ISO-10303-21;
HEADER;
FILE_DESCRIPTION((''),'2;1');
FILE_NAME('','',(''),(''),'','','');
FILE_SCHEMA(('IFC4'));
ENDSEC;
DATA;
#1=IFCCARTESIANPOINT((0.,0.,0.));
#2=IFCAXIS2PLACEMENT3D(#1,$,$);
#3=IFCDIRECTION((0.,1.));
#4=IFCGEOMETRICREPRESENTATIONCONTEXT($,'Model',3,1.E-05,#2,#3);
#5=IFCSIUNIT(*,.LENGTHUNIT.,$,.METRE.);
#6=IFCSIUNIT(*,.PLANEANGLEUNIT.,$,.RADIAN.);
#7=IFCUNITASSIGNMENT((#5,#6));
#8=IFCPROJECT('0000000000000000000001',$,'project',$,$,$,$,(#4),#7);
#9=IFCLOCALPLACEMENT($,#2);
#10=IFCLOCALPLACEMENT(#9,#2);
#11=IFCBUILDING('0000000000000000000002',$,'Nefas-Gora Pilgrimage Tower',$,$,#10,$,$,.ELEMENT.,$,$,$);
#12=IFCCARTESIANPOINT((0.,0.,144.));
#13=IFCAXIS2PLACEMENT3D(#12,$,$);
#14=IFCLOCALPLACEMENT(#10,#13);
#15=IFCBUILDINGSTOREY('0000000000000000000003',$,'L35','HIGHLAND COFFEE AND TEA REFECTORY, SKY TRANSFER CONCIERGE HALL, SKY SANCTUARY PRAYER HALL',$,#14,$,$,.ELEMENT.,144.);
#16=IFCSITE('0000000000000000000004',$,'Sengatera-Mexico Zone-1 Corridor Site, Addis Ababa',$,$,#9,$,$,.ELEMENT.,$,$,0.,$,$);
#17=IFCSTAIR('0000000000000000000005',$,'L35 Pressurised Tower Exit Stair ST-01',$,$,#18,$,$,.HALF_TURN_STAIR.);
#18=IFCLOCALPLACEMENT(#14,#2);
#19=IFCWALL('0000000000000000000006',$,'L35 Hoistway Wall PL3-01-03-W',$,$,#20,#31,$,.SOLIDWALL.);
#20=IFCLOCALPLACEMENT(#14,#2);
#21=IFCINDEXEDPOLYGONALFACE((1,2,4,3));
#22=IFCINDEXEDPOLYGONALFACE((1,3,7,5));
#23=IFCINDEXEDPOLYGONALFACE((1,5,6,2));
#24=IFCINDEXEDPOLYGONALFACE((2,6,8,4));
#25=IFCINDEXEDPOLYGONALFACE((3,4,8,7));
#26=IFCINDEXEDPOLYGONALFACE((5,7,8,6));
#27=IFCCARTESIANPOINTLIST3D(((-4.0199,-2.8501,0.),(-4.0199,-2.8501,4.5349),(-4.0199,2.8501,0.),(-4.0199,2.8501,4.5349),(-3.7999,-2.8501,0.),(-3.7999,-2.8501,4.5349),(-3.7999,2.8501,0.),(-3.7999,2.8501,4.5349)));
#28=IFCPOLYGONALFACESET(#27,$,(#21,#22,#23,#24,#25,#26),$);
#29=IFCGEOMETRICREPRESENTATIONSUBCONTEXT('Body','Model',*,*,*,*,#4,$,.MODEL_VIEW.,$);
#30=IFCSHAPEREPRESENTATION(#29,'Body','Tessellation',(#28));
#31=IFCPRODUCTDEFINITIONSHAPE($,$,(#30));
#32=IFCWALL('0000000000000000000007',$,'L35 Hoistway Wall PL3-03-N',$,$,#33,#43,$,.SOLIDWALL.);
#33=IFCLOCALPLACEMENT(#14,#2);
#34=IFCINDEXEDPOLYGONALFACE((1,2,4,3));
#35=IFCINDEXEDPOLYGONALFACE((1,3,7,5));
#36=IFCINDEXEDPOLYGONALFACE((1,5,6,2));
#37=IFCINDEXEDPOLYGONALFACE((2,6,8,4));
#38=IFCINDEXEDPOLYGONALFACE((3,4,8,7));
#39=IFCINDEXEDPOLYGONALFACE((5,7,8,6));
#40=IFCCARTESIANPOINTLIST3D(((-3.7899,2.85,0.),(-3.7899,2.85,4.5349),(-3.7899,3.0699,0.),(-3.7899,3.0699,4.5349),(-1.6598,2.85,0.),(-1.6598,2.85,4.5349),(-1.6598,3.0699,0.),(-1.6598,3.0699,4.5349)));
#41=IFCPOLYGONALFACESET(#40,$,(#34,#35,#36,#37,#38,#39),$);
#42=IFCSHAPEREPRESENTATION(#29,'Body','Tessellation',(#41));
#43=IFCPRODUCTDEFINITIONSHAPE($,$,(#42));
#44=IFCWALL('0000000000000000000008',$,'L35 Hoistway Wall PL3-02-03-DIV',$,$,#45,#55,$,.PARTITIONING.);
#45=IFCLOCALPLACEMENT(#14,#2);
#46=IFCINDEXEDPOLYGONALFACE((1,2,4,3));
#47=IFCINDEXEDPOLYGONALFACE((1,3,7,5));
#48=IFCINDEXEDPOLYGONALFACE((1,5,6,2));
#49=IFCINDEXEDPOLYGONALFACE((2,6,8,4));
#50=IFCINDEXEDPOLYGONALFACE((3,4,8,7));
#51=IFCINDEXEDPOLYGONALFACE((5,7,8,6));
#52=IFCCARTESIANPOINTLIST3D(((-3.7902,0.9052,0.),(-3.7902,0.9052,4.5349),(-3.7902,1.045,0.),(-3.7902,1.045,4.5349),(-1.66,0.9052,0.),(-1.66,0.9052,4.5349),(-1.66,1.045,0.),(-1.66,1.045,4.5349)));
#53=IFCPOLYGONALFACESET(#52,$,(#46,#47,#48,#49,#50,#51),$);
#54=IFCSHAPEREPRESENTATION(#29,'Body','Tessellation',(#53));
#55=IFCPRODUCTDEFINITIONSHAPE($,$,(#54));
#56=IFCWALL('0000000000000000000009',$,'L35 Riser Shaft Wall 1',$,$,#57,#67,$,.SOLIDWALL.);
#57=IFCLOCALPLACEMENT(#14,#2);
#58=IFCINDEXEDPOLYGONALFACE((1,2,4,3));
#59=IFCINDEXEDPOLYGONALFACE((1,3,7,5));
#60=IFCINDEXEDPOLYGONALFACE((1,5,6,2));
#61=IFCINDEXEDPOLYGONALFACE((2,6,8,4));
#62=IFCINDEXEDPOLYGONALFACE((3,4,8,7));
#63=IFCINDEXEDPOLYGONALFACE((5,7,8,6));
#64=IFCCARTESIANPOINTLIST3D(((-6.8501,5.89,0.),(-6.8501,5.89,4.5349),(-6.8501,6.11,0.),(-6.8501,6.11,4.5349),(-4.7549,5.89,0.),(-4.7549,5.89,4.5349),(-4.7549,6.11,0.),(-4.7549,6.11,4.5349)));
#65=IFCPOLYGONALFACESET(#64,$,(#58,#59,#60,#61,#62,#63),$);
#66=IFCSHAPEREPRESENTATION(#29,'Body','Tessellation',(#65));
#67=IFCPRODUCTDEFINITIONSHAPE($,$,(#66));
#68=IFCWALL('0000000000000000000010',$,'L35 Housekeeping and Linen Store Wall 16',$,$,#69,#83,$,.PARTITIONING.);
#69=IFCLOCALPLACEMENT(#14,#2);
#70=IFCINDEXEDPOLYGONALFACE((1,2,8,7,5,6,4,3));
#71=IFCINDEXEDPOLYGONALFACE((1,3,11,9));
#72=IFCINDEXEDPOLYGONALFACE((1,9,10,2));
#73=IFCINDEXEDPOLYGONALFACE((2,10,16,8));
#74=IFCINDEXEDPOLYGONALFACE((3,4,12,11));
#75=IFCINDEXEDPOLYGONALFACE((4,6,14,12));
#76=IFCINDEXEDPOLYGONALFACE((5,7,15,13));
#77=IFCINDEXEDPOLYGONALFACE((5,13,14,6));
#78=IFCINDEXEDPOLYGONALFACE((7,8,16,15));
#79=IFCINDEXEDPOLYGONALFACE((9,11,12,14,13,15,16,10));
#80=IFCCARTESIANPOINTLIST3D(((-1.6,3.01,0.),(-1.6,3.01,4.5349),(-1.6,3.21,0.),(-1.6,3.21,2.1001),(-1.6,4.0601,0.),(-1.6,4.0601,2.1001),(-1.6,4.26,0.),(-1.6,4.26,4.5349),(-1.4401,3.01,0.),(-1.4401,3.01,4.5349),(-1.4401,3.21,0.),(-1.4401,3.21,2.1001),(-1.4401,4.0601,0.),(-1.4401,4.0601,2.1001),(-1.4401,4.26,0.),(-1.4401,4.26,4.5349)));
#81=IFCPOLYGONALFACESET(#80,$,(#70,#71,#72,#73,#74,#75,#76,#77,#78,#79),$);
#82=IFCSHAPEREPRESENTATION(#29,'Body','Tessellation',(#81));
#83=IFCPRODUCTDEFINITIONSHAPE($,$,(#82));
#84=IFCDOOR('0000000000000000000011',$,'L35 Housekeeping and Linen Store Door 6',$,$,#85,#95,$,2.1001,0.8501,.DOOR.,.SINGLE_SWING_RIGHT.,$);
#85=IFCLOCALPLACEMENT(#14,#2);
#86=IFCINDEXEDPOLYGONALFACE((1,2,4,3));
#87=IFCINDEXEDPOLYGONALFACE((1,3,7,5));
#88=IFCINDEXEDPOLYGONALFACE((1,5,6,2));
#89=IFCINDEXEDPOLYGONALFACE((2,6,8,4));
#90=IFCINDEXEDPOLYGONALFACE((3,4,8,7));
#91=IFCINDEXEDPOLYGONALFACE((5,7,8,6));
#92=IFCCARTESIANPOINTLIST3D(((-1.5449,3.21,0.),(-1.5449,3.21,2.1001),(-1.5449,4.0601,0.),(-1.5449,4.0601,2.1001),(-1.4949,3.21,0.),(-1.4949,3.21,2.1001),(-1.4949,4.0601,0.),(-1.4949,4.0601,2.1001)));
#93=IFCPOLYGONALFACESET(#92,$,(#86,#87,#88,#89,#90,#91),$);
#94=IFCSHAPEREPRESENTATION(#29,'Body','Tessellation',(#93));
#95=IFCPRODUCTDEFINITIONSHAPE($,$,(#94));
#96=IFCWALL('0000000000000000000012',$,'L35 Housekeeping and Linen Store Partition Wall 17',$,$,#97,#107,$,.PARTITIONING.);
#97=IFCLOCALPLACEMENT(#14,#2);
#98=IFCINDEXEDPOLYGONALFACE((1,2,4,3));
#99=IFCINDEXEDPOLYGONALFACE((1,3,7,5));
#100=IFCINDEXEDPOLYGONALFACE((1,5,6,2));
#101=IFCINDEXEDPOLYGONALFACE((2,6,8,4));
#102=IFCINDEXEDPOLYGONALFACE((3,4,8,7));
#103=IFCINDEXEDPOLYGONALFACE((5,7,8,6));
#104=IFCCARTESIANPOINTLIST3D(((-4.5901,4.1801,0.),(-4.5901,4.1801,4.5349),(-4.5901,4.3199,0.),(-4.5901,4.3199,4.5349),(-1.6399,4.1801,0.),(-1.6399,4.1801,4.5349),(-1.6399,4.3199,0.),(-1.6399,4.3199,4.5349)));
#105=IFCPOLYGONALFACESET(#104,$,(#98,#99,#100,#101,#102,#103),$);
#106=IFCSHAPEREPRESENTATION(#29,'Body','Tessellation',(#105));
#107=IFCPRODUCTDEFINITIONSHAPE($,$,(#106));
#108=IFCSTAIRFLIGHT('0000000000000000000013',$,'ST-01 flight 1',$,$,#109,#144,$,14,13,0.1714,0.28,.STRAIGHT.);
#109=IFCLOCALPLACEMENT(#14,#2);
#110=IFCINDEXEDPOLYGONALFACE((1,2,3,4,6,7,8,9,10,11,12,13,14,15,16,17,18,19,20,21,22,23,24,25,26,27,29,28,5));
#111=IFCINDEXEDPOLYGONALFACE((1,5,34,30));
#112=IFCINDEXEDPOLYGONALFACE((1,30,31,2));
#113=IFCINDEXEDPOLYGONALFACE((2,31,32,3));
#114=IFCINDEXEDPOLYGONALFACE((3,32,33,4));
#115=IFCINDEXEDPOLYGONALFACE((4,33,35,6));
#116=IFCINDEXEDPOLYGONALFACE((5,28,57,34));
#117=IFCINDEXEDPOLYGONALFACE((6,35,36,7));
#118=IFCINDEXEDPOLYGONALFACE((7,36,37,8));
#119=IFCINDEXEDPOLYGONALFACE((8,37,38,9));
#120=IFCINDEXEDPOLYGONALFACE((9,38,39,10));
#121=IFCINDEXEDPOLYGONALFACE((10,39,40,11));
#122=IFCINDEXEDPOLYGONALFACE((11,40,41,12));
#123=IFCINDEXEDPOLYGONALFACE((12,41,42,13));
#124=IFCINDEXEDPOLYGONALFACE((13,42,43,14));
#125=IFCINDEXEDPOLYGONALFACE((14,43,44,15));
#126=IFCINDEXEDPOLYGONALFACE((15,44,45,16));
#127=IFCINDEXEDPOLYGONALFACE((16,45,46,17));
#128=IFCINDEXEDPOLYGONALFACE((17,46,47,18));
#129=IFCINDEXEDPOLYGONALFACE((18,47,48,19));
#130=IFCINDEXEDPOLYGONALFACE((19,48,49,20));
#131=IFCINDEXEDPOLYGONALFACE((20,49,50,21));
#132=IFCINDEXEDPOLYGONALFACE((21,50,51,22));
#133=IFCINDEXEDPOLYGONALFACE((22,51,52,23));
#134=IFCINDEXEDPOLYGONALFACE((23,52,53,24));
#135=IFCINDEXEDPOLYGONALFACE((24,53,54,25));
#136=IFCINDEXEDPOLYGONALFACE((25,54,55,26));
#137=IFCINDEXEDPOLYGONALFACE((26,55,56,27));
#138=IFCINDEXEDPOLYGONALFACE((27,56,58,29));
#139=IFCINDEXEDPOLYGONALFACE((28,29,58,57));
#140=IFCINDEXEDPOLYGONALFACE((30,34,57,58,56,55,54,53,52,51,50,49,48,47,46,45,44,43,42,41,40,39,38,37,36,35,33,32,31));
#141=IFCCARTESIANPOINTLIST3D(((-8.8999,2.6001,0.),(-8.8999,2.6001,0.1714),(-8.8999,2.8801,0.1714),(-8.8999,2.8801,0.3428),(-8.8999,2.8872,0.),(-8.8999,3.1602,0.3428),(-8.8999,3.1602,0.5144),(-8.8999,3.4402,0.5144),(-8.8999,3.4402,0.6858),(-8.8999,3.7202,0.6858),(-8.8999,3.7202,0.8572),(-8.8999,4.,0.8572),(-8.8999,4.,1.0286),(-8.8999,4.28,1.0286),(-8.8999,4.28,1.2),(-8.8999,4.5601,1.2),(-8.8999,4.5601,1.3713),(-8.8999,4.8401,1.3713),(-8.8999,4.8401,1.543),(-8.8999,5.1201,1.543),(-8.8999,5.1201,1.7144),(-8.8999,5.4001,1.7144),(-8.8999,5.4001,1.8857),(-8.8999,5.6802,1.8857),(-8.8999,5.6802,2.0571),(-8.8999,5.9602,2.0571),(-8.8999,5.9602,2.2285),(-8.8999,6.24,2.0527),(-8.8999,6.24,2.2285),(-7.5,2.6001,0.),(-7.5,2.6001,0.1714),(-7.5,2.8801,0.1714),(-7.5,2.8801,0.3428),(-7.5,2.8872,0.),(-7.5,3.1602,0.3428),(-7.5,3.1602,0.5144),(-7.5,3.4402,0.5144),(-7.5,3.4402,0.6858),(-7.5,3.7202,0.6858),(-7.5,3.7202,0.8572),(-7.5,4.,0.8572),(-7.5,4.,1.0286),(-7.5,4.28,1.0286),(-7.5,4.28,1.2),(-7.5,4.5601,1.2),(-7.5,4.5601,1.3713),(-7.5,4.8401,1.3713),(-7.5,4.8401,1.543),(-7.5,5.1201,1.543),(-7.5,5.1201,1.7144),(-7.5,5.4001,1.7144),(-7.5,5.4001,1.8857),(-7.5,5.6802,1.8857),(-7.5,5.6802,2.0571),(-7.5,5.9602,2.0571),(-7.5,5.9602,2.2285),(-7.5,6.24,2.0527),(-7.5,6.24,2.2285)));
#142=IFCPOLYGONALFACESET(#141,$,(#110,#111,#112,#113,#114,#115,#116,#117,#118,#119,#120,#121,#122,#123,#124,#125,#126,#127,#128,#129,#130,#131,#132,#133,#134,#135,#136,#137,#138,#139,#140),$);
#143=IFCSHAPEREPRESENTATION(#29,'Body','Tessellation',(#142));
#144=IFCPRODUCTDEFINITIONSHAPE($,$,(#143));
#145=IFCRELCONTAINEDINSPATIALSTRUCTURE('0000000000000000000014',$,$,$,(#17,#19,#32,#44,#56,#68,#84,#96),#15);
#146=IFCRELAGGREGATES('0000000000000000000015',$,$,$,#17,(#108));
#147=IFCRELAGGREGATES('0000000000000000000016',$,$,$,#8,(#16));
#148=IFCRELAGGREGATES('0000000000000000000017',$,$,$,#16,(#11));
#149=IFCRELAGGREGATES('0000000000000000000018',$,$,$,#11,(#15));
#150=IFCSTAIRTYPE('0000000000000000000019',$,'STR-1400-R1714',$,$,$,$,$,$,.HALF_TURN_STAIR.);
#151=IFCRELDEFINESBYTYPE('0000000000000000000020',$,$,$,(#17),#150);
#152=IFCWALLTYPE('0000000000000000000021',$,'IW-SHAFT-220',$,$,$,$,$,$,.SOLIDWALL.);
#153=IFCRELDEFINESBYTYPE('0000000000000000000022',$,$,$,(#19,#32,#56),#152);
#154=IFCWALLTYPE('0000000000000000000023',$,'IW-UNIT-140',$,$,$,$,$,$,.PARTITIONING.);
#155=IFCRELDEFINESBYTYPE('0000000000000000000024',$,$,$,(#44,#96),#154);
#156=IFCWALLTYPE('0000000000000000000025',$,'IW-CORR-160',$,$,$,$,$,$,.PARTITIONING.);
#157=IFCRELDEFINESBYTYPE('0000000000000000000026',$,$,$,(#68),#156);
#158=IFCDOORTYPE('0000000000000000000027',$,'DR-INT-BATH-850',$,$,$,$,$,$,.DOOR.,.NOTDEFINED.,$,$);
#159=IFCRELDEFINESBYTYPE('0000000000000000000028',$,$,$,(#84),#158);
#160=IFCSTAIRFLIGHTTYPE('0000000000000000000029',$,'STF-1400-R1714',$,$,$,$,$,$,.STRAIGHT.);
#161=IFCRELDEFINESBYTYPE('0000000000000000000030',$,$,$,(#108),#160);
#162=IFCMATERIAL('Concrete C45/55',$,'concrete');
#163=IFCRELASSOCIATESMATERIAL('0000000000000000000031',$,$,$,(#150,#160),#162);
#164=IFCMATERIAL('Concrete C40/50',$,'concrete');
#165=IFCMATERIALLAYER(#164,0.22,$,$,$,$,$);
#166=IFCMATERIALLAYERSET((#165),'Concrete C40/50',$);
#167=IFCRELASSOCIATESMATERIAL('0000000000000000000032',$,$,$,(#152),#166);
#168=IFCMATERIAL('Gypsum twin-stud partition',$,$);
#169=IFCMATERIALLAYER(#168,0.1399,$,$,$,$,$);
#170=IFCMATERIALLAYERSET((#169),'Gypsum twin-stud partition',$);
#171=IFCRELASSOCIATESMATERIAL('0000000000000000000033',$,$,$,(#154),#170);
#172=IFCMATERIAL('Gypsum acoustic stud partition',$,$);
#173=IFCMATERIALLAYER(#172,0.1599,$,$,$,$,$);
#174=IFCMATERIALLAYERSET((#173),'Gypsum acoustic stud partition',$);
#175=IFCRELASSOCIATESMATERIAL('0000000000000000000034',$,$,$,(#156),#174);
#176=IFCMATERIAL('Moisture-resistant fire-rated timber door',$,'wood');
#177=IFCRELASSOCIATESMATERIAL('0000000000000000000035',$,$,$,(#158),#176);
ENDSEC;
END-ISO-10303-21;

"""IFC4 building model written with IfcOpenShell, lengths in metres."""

from ifc_helpers import new_model, si_unit, direction, frame, frame_2d, origin, place, context, subcontext, project, spatial, polyline, rectangle, outline, extrude, source, transform, mapped, material, layer, layer_set, type_object, element, fill, aggregate, save


model = new_model("IFC4")

# Units and contexts
model_context = context("Model", 3, precision=1e-05, world=origin(), true_north=direction((0.0, 1.0)))
body_context = subcontext(model_context, "Body", "Model", "MODEL_VIEW")
ifc_project = project(units=[si_unit("LENGTHUNIT", "METRE"), si_unit("PLANEANGLEUNIT", "RADIAN")], contexts=[model_context])

# Site, building, storey
site_placement = place(None, origin())
site = spatial("IfcSite", under=ifc_project, at=site_placement, Name="Sengatera-Mexico Zone-1 Corridor Site, Addis Ababa", CompositionType="ELEMENT", RefElevation=0.0)
building_placement = place(site_placement, origin())
building = spatial("IfcBuilding", under=site, at=building_placement, Name="Nefas-Gora Pilgrimage Tower", CompositionType="ELEMENT")
storey_placement = place(building_placement, frame((0.0, 0.0, 144.0)))
storey = spatial("IfcBuildingStorey", under=building, at=storey_placement, Name="L35", Description="HIGHLAND COFFEE AND TEA REFECTORY, SKY TRANSFER CONCIERGE HALL, SKY SANCTUARY PRAYER HALL", CompositionType="ELEMENT", Elevation=144.0)

# Shared definitions
ifc_material_1 = material(Name="Concrete C45/55", Category="concrete")

# Stair
stair_type = type_object("IfcStairType", Name="STR-1400-R1714", PredefinedType="HALF_TURN_STAIR", material=ifc_material_1)
stair_1_placement = place(storey_placement, origin())
stair_1 = element("IfcStair", 1, at=stair_1_placement, inside=storey, type_object=stair_type, Name="L35 Pressurised Tower Exit Stair ST-01", PredefinedType="HALF_TURN_STAIR")
ifc_material_2 = material(Name="Concrete C40/50", Category="concrete")

# Shared definitions
ifc_layer_1 = layer(ifc_material_2, 0.22)
ifc_layer_set_1 = layer_set([ifc_layer_1], Name="Concrete C40/50")
wall_type_1 = type_object("IfcWallType", Name="IW-SHAFT-220", PredefinedType="SOLIDWALL", material=ifc_layer_set_1)

# Walls
ifc_material_3 = material(Name="Gypsum twin-stud partition")
ifc_layer_2 = layer(ifc_material_3, 0.1399)
ifc_layer_set_2 = layer_set([ifc_layer_2], Name="Gypsum twin-stud partition")
wall_type_2 = type_object("IfcWallType", Name="IW-UNIT-140", PredefinedType="PARTITIONING", material=ifc_layer_set_2)
shared_shape_1 = source(origin(), body_context, "Body", "SweptSolid", [
    extrude(rectangle(XDim=5.7002, YDim=0.22, at=frame_2d((2.8501, 0.0))), origin(), (0.0, 0.0, 1.0), 4.5349),
])
wall_1_placement = place(storey_placement, frame((-3.9099, 2.8501, 0.0), z_axis=(0.0, 0.0, 1.0), x_axis=(0.0, -1.0, 0.0)))
element("IfcWall", 2, at=wall_1_placement, inside=storey, type_object=wall_type_1, Name="L35 Hoistway Wall PL3-01-03-W", PredefinedType="SOLIDWALL", context=body_context, shape_type="MappedRepresentation", body=[
    mapped(shared_shape_1, transform((0.0, 0.0, 0.0), x_axis=(1.0, 0.0, 0.0), y_axis=(0.0, 1.0, 0.0), z_axis=(0.0, 0.0, 1.0), scale=1.0)),
])
shared_shape_2 = source(origin(), body_context, "Body", "SweptSolid", [
    extrude(rectangle(XDim=2.1301, YDim=0.22, at=frame_2d((1.0649, 0.0))), origin(), (0.0, 0.0, 1.0), 4.5349),
])
wall_2_placement = place(storey_placement, frame((-1.6599, 2.96, 0.0), z_axis=(0.0, 0.0, 1.0), x_axis=(-1.0, 0.0, 0.0)))
element("IfcWall", 3, at=wall_2_placement, inside=storey, type_object=wall_type_1, Name="L35 Hoistway Wall PL3-03-N", PredefinedType="SOLIDWALL", context=body_context, shape_type="MappedRepresentation", body=[
    mapped(shared_shape_2, transform((0.0, 0.0, 0.0), x_axis=(1.0, 0.0, 0.0), y_axis=(0.0, 1.0, 0.0), z_axis=(0.0, 0.0, 1.0), scale=1.0)),
])
shared_shape_3 = source(origin(), body_context, "Body", "SweptSolid", [
    extrude(rectangle(XDim=2.1301, YDim=0.1399, at=frame_2d((1.0649, 0.0))), origin(), (0.0, 0.0, 1.0), 4.5349),
])
wall_3_placement = place(storey_placement, frame((-3.79, 0.9751, 0.0), z_axis=(0.0, 0.0, 1.0), x_axis=(1.0, 0.0, 0.0)))
element("IfcWall", 4, at=wall_3_placement, inside=storey, type_object=wall_type_2, Name="L35 Hoistway Wall PL3-02-03-DIV", PredefinedType="PARTITIONING", context=body_context, shape_type="MappedRepresentation", body=[
    mapped(shared_shape_3, transform((0.0, 0.0, 0.0), x_axis=(1.0, 0.0, 0.0), y_axis=(0.0, 1.0, 0.0), z_axis=(0.0, 0.0, 1.0), scale=1.0)),
])
shared_shape_4 = source(origin(), body_context, "Body", "SweptSolid", [
    extrude(rectangle(XDim=2.0952, YDim=0.22, at=frame_2d((1.0476, 0.0))), origin(), (0.0, 0.0, 1.0), 4.5349),
])
wall_4_placement = place(storey_placement, frame((-6.8501, 6.0, 0.0), z_axis=(0.0, 0.0, 1.0), x_axis=(1.0, 0.0, 0.0)))
element("IfcWall", 5, at=wall_4_placement, inside=storey, type_object=wall_type_1, Name="L35 Riser Shaft Wall 1", PredefinedType="SOLIDWALL", context=body_context, shape_type="MappedRepresentation", body=[
    mapped(shared_shape_4, transform((0.0, 0.0, 0.0), x_axis=(1.0, 0.0, 0.0), y_axis=(0.0, 1.0, 0.0), z_axis=(0.0, 0.0, 1.0), scale=1.0)),
])

# Wall, opening, door
ifc_material_4 = material(Name="Gypsum acoustic stud partition")
ifc_layer_3 = layer(ifc_material_4, 0.1599)
ifc_layer_set_3 = layer_set([ifc_layer_3], Name="Gypsum acoustic stud partition")
wall_type_3 = type_object("IfcWallType", Name="IW-CORR-160", PredefinedType="PARTITIONING", material=ifc_layer_set_3)
shared_shape_5 = source(origin(), body_context, "Body", "SweptSolid", [
    extrude(rectangle(XDim=1.25, YDim=0.1599, at=frame_2d((0.625, 0.0))), origin(), (0.0, 0.0, 1.0), 4.5349),
])
wall_5_placement = place(storey_placement, frame((-1.52, 3.01, 0.0), z_axis=(0.0, 0.0, 1.0), x_axis=(0.0, 1.0, 0.0)))
wall_5 = element("IfcWall", 6, at=wall_5_placement, inside=storey, type_object=wall_type_3, Name="L35 Housekeeping and Linen Store Wall 16", PredefinedType="PARTITIONING", context=body_context, shape_type="MappedRepresentation", body=[
    mapped(shared_shape_5, transform((0.0, 0.0, 0.0), x_axis=(1.0, 0.0, 0.0), y_axis=(0.0, 1.0, 0.0), z_axis=(0.0, 0.0, 1.0), scale=1.0)),
])
opening_1_placement = place(wall_5_placement, frame((0.2, 0.0, 0.0)))
opening_1 = element("IfcOpeningElement", 7, at=opening_1_placement, cuts=wall_5, PredefinedType="OPENING", context=body_context, shape_type="SweptSolid", body=[
    extrude(rectangle(XDim=0.8501, YDim=2.1001, at=frame_2d((0.425, 1.05))), frame((0.0, 0.0898, 0.0), z_axis=(0.0, -1.0, 0.0), x_axis=(1.0, 0.0, 0.0)), (0.0, 0.0, 1.0), 0.1799),
])
ifc_material_5 = material(Name="Moisture-resistant fire-rated timber door", Category="wood")
door_type_1 = type_object("IfcDoorType", Name="DR-INT-BATH-850", OperationType="NOTDEFINED", PredefinedType="DOOR", material=ifc_material_5)
shared_shape_6 = source(origin(), body_context, "Body", "SweptSolid", [
    extrude(rectangle(XDim=0.8501, YDim=2.1001, at=frame_2d((0.425, 1.05))), frame((0.0, 0.0249, 0.0), z_axis=(0.0, -1.0, 0.0), x_axis=(1.0, 0.0, 0.0)), (0.0, 0.0, 1.0), 0.05),
])
door_1_placement = place(opening_1_placement, origin())
door_1 = element("IfcDoor", 8, at=door_1_placement, inside=storey, type_object=door_type_1, Name="L35 Housekeeping and Linen Store Door 6", OperationType="SINGLE_SWING_RIGHT", OverallHeight=2.1001, OverallWidth=0.8501, PredefinedType="DOOR", context=body_context, shape_type="MappedRepresentation", body=[
    mapped(shared_shape_6, transform((0.0, 0.0, 0.0), x_axis=(1.0, 0.0, 0.0), y_axis=(0.0, 1.0, 0.0), z_axis=(0.0, 0.0, 1.0), scale=1.0)),
])
fill(opening_1, door_1)

# Wall
shared_shape_7 = source(origin(), body_context, "Body", "SweptSolid", [
    extrude(rectangle(XDim=2.9502, YDim=0.1399, at=frame_2d((1.4751, 0.0))), origin(), (0.0, 0.0, 1.0), 4.5349),
])
wall_6_placement = place(storey_placement, frame((-4.5901, 4.25, 0.0), z_axis=(0.0, 0.0, 1.0), x_axis=(1.0, 0.0, 0.0)))
element("IfcWall", 9, at=wall_6_placement, inside=storey, type_object=wall_type_2, Name="L35 Housekeeping and Linen Store Partition Wall 17", PredefinedType="PARTITIONING", context=body_context, shape_type="MappedRepresentation", body=[
    mapped(shared_shape_7, transform((0.0, 0.0, 0.0), x_axis=(1.0, 0.0, 0.0), y_axis=(0.0, 1.0, 0.0), z_axis=(0.0, 0.0, 1.0), scale=1.0)),
])

# Stair flight
stair_flight_type = type_object("IfcStairFlightType", Name="STF-1400-R1714", PredefinedType="STRAIGHT", material=ifc_material_1)
shared_shape_8 = source(origin(), body_context, "Body", "SweptSolid", [
    extrude(outline(polyline([(0.0, 0.0), (0.0, 0.1714), (0.28, 0.1714), (0.28, 0.3428), (0.5601, 0.3428), (0.5601, 0.5144), (0.8401, 0.5144), (0.8401, 0.6858), (1.1201, 0.6858), (1.1201, 0.8572), (1.3999, 0.8572), (1.3999, 1.0286), (1.6799, 1.0286), (1.6799, 1.2), (1.96, 1.2), (1.96, 1.3713), (2.24, 1.3713), (2.24, 1.543), (2.52, 1.543), (2.52, 1.7144), (2.8, 1.7144), (2.8, 1.8857), (3.0801, 1.8857), (3.0801, 2.0571), (3.3601, 2.0571), (3.3601, 2.2285), (3.6399, 2.2285), (3.6399, 2.3999), (3.6399, 2.0527), (0.2871, 0.0), (0.0, 0.0)])), frame((0.0, 0.7, 0.0), z_axis=(0.0, -1.0, 0.0), x_axis=(1.0, 0.0, 0.0)), (0.0, 0.0, 1.0), 1.3999),
])
stair_flight_1_placement = place(storey_placement, frame((-8.2, 2.6001, 0.0), z_axis=(0.0, 0.0, 1.0), x_axis=(0.0, 1.0, 0.0)))
stair_flight_1 = element("IfcStairFlight", 10, at=stair_flight_1_placement, type_object=stair_flight_type, Name="ST-01 flight 1", NumberOfRisers=14, NumberOfTreads=13, PredefinedType="STRAIGHT", RiserHeight=0.1714, TreadLength=0.28, context=body_context, shape_type="MappedRepresentation", body=[
    mapped(shared_shape_8, transform((0.0, 0.0, 0.0), x_axis=(1.0, 0.0, 0.0), y_axis=(0.0, 1.0, 0.0), z_axis=(0.0, 0.0, 1.0), scale=1.0)),
])
aggregate(stair_1, [stair_flight_1])

save(model, "model.ifc")
